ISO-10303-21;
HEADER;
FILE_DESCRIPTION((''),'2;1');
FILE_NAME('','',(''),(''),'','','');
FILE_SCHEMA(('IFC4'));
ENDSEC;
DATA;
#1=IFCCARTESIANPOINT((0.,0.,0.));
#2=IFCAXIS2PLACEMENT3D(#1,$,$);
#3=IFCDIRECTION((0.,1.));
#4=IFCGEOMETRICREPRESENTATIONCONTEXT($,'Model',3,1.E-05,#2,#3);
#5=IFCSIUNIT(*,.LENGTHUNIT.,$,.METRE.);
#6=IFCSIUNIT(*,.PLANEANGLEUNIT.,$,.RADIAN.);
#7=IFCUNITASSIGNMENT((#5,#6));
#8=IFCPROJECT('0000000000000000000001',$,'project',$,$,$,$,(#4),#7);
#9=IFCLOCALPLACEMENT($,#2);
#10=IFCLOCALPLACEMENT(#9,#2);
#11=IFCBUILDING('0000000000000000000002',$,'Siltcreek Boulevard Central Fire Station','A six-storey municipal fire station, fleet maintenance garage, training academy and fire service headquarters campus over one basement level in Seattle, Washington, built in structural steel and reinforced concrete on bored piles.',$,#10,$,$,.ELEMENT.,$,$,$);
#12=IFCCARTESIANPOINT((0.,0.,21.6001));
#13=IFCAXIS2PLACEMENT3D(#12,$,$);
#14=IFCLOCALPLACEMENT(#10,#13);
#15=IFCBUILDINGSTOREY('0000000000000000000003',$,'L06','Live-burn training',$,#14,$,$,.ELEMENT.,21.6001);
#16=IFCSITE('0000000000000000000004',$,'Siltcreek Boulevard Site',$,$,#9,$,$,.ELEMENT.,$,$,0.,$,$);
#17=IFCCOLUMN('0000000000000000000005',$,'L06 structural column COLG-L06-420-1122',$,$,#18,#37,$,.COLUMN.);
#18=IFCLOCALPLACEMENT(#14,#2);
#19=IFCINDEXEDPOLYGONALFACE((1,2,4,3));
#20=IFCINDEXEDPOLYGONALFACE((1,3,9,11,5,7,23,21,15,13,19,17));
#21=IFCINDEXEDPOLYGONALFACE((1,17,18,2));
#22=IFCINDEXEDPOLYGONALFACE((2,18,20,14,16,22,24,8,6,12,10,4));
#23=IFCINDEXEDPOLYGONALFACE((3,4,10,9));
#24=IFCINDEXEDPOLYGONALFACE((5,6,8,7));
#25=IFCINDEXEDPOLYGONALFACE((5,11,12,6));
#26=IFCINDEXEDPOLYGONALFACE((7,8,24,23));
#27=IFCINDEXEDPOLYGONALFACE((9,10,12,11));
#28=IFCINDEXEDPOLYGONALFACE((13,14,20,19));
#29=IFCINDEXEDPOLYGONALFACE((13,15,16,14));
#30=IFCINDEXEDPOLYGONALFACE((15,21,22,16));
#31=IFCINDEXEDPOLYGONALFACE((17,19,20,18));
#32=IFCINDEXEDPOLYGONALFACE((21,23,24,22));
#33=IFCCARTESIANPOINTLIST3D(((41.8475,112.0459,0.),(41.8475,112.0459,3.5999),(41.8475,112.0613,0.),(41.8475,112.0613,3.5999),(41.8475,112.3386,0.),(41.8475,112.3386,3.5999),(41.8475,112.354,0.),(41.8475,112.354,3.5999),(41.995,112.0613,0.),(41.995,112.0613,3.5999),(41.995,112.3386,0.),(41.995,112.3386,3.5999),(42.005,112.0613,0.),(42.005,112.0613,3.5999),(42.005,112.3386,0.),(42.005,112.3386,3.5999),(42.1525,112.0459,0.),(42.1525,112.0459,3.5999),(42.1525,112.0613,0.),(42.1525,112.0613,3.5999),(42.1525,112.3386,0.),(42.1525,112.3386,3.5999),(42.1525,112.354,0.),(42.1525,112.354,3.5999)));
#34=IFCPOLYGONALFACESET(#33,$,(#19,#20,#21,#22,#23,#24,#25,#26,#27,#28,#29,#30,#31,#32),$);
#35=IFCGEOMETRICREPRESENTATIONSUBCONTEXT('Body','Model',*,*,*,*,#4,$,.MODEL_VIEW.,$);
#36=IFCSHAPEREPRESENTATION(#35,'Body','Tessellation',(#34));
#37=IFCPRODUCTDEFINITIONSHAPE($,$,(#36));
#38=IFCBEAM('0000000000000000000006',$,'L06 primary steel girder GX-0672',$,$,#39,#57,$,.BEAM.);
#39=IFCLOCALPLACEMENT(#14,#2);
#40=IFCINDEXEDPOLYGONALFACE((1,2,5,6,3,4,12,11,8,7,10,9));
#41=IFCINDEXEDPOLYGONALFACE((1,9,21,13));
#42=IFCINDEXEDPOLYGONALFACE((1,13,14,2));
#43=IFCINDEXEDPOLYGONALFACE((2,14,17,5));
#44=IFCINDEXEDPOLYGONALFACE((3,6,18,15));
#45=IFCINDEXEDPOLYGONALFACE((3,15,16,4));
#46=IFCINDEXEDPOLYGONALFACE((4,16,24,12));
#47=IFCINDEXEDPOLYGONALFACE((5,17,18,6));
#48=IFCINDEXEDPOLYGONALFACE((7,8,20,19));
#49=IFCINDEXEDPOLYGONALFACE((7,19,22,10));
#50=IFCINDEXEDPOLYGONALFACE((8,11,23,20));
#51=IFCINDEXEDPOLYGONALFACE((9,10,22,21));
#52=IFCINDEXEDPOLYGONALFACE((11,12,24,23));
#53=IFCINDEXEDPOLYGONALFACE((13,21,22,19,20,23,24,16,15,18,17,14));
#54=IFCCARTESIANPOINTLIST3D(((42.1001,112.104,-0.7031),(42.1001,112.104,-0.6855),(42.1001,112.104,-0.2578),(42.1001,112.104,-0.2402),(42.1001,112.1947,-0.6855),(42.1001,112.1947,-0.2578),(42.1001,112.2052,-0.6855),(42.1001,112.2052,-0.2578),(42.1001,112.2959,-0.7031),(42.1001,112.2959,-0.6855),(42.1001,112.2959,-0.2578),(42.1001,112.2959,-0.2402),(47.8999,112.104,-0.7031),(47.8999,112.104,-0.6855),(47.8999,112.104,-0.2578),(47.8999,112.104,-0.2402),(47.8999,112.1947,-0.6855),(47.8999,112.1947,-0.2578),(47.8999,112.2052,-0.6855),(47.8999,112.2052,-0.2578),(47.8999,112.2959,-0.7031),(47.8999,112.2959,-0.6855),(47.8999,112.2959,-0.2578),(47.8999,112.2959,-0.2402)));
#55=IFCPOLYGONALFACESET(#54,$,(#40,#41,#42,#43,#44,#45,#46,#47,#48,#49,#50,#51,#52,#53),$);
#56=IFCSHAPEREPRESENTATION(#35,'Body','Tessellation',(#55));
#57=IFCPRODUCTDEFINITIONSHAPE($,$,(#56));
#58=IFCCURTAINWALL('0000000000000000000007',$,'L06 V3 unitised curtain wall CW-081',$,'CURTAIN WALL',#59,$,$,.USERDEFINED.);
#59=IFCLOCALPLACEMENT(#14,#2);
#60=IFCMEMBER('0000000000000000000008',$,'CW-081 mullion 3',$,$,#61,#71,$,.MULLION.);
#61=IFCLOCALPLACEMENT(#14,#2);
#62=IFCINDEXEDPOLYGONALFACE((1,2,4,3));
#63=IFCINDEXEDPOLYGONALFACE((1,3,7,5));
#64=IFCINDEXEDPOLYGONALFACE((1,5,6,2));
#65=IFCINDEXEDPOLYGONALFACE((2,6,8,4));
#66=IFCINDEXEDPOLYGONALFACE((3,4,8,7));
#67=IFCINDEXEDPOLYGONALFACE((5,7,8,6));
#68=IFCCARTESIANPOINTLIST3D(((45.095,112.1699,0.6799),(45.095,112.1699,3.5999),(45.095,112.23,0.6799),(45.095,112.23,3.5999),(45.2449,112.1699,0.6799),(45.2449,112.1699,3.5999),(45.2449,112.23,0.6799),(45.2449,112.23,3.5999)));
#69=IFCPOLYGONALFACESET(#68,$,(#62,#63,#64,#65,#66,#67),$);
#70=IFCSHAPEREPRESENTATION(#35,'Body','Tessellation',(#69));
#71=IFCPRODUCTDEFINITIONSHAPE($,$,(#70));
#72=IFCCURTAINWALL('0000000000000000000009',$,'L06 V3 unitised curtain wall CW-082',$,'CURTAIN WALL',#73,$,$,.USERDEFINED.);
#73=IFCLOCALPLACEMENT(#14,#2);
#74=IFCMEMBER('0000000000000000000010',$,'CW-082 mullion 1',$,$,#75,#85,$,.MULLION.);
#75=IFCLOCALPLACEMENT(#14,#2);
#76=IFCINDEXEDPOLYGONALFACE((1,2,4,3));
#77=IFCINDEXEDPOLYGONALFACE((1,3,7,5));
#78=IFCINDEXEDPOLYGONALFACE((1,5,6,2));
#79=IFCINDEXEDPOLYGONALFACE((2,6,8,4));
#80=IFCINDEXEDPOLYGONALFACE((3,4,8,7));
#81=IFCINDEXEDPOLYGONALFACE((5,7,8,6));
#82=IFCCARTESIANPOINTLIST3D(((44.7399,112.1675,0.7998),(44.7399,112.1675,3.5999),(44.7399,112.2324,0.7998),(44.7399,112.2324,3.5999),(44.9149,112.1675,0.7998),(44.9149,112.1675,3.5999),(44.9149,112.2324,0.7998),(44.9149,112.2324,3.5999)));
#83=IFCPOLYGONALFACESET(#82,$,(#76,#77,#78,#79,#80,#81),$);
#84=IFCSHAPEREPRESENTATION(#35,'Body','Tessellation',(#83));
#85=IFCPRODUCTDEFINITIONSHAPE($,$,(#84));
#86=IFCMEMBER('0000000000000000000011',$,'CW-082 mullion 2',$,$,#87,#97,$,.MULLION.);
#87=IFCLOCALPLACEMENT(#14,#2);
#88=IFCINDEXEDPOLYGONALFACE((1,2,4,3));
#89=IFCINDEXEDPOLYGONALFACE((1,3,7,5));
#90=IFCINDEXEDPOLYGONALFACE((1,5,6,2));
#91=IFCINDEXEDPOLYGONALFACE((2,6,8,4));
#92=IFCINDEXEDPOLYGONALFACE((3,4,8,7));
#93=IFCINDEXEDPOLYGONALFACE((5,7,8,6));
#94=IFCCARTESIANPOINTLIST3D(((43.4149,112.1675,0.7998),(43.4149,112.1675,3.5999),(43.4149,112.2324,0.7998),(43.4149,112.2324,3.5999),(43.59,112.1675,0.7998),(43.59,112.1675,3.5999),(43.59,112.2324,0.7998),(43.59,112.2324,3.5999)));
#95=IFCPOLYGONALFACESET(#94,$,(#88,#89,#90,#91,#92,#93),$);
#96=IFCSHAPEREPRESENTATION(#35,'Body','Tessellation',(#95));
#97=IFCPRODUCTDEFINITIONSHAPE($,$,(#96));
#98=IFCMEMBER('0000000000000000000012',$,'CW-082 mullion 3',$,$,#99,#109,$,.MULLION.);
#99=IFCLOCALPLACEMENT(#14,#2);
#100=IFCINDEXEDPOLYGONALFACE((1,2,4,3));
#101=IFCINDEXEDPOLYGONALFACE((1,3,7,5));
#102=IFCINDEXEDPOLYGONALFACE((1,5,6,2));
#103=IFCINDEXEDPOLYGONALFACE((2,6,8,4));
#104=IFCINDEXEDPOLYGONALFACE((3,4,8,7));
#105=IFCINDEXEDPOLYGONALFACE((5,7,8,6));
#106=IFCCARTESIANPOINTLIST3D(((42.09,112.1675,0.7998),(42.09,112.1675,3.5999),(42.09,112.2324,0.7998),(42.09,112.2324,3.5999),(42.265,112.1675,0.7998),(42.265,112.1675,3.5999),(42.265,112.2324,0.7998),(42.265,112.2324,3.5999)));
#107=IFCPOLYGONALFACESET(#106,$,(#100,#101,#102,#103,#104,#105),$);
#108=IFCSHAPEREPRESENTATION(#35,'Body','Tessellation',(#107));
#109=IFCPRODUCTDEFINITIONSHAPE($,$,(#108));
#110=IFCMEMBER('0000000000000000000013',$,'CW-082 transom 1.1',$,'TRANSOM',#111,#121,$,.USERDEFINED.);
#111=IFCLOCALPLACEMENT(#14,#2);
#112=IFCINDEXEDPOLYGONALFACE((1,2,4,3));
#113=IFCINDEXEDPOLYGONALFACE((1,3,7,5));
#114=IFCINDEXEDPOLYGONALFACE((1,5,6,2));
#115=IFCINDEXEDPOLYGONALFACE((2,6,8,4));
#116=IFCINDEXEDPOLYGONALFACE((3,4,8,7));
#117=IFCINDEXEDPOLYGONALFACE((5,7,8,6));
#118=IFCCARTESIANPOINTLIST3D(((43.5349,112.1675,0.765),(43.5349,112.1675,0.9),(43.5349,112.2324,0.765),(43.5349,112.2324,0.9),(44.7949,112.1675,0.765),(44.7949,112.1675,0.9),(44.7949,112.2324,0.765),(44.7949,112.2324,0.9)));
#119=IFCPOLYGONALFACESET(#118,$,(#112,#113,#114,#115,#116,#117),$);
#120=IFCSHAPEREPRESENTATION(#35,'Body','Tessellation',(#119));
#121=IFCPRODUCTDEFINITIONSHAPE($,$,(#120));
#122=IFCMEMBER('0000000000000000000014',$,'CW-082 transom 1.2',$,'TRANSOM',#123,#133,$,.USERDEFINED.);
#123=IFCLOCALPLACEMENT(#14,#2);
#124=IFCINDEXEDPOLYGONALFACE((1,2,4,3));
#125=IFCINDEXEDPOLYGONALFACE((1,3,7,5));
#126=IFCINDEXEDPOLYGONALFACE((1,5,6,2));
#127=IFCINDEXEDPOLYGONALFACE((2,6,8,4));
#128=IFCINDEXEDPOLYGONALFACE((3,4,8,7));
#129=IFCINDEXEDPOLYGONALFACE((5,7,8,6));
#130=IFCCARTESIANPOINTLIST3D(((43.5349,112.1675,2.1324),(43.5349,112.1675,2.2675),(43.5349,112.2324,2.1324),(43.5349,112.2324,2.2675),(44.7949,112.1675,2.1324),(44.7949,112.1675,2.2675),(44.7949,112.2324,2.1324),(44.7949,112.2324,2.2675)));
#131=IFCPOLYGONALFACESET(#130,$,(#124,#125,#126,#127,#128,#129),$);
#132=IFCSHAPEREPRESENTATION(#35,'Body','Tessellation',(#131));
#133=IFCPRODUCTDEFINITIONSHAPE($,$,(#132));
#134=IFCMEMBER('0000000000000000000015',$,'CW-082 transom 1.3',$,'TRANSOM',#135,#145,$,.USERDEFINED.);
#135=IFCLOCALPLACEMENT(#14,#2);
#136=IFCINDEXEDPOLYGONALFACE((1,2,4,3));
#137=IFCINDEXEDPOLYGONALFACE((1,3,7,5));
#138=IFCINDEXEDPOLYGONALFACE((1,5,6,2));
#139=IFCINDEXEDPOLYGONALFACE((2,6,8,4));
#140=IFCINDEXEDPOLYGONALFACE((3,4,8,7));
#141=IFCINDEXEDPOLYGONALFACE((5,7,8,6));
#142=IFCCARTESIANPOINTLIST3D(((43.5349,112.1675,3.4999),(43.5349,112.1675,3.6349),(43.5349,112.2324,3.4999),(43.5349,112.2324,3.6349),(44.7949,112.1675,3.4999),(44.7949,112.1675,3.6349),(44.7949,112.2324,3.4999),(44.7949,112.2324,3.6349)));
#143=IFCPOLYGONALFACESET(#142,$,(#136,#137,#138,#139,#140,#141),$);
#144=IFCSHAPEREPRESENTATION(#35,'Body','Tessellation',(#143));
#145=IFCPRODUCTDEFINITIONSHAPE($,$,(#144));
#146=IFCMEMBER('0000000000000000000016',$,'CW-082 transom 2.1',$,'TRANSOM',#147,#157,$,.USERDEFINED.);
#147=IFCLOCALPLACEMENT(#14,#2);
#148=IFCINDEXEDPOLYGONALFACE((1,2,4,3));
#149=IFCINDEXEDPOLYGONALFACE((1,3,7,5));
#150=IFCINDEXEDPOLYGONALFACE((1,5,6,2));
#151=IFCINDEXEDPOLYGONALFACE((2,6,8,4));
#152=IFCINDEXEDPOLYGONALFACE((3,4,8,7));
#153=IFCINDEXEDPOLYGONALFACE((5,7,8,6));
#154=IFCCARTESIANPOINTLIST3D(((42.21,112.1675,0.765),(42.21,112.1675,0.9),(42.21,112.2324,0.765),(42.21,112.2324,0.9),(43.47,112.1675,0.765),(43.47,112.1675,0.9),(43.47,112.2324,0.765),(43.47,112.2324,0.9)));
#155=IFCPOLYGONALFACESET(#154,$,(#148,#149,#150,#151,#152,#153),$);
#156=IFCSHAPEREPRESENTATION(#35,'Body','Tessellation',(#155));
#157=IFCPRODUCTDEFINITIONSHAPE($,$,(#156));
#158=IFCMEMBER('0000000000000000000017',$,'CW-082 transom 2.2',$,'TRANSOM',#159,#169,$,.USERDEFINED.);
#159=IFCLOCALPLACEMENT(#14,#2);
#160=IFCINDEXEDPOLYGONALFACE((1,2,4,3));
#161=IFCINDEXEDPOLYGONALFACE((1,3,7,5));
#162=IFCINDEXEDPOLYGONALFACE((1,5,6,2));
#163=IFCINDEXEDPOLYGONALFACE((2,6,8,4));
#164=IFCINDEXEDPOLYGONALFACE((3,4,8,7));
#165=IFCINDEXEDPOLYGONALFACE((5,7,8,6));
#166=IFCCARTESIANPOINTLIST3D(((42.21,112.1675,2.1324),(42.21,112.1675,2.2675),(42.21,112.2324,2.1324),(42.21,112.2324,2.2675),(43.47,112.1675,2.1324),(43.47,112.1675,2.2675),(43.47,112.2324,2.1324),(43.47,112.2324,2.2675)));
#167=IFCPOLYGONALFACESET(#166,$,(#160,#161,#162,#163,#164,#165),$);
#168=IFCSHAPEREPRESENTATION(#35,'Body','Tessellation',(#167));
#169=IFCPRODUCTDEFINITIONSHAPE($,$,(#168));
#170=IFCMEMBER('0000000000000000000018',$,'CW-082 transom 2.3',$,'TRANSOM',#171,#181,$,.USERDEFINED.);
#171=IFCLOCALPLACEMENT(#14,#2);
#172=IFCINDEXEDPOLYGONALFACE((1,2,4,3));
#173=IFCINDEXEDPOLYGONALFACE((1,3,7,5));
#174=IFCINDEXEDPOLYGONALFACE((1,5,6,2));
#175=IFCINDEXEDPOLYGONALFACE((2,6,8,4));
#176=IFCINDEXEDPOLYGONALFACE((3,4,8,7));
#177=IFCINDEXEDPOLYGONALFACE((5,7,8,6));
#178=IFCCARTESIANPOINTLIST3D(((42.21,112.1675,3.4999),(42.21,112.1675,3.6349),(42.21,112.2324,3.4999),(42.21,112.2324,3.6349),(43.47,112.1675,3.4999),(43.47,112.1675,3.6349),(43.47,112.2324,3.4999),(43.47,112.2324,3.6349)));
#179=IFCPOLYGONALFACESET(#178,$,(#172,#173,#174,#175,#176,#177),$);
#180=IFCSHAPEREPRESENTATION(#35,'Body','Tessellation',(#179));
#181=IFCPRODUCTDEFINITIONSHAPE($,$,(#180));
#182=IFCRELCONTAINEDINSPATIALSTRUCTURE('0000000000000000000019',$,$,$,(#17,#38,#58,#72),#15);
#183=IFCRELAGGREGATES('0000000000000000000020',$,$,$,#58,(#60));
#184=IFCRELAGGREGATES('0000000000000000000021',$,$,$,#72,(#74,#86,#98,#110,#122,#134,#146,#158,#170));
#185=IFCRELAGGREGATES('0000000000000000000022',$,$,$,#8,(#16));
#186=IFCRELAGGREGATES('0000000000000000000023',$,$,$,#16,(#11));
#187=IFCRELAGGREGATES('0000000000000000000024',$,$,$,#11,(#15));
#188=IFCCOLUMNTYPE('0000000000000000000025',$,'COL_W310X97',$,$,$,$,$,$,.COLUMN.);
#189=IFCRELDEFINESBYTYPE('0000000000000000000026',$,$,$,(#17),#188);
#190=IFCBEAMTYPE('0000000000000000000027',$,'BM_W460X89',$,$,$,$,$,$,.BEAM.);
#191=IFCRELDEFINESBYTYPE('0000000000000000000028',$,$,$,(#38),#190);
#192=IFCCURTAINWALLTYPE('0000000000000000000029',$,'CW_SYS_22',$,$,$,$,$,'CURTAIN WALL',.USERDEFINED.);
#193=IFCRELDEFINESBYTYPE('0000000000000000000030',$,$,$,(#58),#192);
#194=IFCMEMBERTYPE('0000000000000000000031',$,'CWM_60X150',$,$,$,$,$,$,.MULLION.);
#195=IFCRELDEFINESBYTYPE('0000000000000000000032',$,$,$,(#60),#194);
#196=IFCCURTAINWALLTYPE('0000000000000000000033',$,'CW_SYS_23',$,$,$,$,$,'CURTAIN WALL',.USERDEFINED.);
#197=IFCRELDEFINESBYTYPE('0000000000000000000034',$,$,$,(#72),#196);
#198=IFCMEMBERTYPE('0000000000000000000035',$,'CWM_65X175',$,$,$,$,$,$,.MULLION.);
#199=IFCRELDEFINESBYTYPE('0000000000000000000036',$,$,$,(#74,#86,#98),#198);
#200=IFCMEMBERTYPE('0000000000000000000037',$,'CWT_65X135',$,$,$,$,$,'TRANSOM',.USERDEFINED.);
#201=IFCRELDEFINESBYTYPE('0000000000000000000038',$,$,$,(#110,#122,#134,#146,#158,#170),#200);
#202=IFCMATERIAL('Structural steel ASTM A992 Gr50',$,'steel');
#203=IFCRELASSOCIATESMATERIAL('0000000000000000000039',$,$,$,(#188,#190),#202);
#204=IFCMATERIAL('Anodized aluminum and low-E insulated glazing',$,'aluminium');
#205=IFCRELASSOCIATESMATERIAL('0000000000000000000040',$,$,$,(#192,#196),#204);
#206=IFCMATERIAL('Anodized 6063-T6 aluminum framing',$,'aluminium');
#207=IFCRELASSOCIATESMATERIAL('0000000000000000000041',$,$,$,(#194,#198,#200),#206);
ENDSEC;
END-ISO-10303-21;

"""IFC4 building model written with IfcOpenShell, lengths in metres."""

from ifc_helpers import new_model, si_unit, direction, frame, origin, origin_2d, place, context, subcontext, project, spatial, rectangle, i_section, extrude, material, material_profile, profile_set, type_object, element, aggregate, save


model = new_model("IFC4")

# Units and contexts
model_context = context("Model", 3, precision=1e-05, world=origin(), true_north=direction((0.0, 1.0)))
body_context = subcontext(model_context, "Body", "Model", "MODEL_VIEW")
ifc_project = project(units=[si_unit("LENGTHUNIT", "METRE"), si_unit("PLANEANGLEUNIT", "RADIAN")], contexts=[model_context])

# Site, building, storey
site_placement = place(None, origin())
site = spatial("IfcSite", under=ifc_project, at=site_placement, Name="Siltcreek Boulevard Site", CompositionType="ELEMENT", RefElevation=0.0)
building_placement = place(site_placement, origin())
building = spatial("IfcBuilding", under=site, at=building_placement, Name="Siltcreek Boulevard Central Fire Station", Description="A six-storey municipal fire station, fleet maintenance garage, training academy and fire service headquarters campus over one basement level in Seattle, Washington, built in structural steel and reinforced concrete on bored piles.", CompositionType="ELEMENT")
storey_placement = place(building_placement, frame((0.0, 0.0, 21.6001)))
storey = spatial("IfcBuildingStorey", under=building, at=storey_placement, Name="L06", Description="Live-burn training", CompositionType="ELEMENT", Elevation=21.6001)

# Column
ifc_material_1 = material(Name="Structural steel ASTM A992 Gr50", Category="steel")
ifc_material_profile_1 = material_profile(ifc_material_1, i_section(OverallWidth=0.3049, OverallDepth=0.3081, WebThickness=0.01, FlangeThickness=0.0154, at=origin_2d()), Name="W310X97")
ifc_profile_set_1 = profile_set([ifc_material_profile_1], Name="Structural steel ASTM A992 Gr50")
column_type = type_object("IfcColumnType", Name="COL_W310X97", PredefinedType="COLUMN", material=ifc_profile_set_1)
column_placement = place(storey_placement, frame((42.0, 112.2, 0.0), z_axis=(0.0, 0.0, 1.0), x_axis=(1.0, 0.0, 0.0)))
element("IfcColumn", 1, at=column_placement, inside=storey, type_object=column_type, Name="L06 structural column COLG-L06-420-1122", PredefinedType="COLUMN", context=body_context, shape_type="SweptSolid", body=[
    extrude(i_section(OverallWidth=0.3049, OverallDepth=0.3081, WebThickness=0.01, FlangeThickness=0.0154, at=origin_2d()), origin(), (0.0, 0.0, 1.0), 3.5999),
])

# Beam
ifc_material_profile_2 = material_profile(ifc_material_1, i_section(OverallWidth=0.1919, OverallDepth=0.4629, WebThickness=0.0105, FlangeThickness=0.0176, at=origin_2d()), Name="W460X89")
ifc_profile_set_2 = profile_set([ifc_material_profile_2], Name="Structural steel ASTM A992 Gr50")
beam_type = type_object("IfcBeamType", Name="BM_W460X89", PredefinedType="BEAM", material=ifc_profile_set_2)
beam_placement = place(storey_placement, frame((42.1001, 112.2, -0.4717), z_axis=(1.0, 0.0, 0.0), x_axis=(0.0, 1.0, 0.0)))
element("IfcBeam", 2, at=beam_placement, inside=storey, type_object=beam_type, Name="L06 primary steel girder GX-0672", PredefinedType="BEAM", context=body_context, shape_type="SweptSolid", body=[
    extrude(i_section(OverallWidth=0.1919, OverallDepth=0.4629, WebThickness=0.0105, FlangeThickness=0.0176, at=origin_2d()), origin(), (0.0, 0.0, 1.0), 5.7998),
])

# Curtain wall, member
ifc_material_2 = material(Name="Anodized aluminum and low-E insulated glazing", Category="aluminium")
curtain_wall_type_1 = type_object("IfcCurtainWallType", Name="CW_SYS_22", ElementType="CURTAIN WALL", PredefinedType="USERDEFINED", material=ifc_material_2)
curtain_wall_1_placement = place(storey_placement, origin())
curtain_wall_1 = element("IfcCurtainWall", 3, at=curtain_wall_1_placement, inside=storey, type_object=curtain_wall_type_1, Name="L06 V3 unitised curtain wall CW-081", ObjectType="CURTAIN WALL", PredefinedType="USERDEFINED")
ifc_material_3 = material(Name="Anodized 6063-T6 aluminum framing", Category="aluminium")
ifc_material_profile_3 = material_profile(ifc_material_3, rectangle(XDim=0.0601, YDim=0.1499, at=origin_2d()), Name="MULL60X150")
ifc_profile_set_3 = profile_set([ifc_material_profile_3], Name="Anodized 6063-T6 aluminum framing")
member_type_1 = type_object("IfcMemberType", Name="CWM_60X150", PredefinedType="MULLION", material=ifc_profile_set_3)
member_1_placement = place(storey_placement, frame((45.1699, 112.2, 0.6799), z_axis=(0.0, 0.0, 1.0), x_axis=(0.0, -1.0, 0.0)))
member_1 = element("IfcMember", 4, at=member_1_placement, type_object=member_type_1, Name="CW-081 mullion 3", PredefinedType="MULLION", context=body_context, shape_type="SweptSolid", body=[
    extrude(rectangle(XDim=0.0601, YDim=0.1499, at=origin_2d()), origin(), (0.0, 0.0, 1.0), 2.9199),
])
aggregate(curtain_wall_1, [member_1])

# Curtain wall, members
curtain_wall_type_2 = type_object("IfcCurtainWallType", Name="CW_SYS_23", ElementType="CURTAIN WALL", PredefinedType="USERDEFINED", material=ifc_material_2)
curtain_wall_2_placement = place(storey_placement, origin())
curtain_wall_2 = element("IfcCurtainWall", 5, at=curtain_wall_2_placement, inside=storey, type_object=curtain_wall_type_2, Name="L06 V3 unitised curtain wall CW-082", ObjectType="CURTAIN WALL", PredefinedType="USERDEFINED")
ifc_material_profile_4 = material_profile(ifc_material_3, rectangle(XDim=0.0649, YDim=0.175, at=origin_2d()), Name="MULL65X175")
ifc_profile_set_4 = profile_set([ifc_material_profile_4], Name="Anodized 6063-T6 aluminum framing")
member_type_2 = type_object("IfcMemberType", Name="CWM_65X175", PredefinedType="MULLION", material=ifc_profile_set_4)
member_2_placement = place(storey_placement, frame((44.8274, 112.2, 0.7998), z_axis=(0.0, 0.0, 1.0), x_axis=(0.0, -1.0, 0.0)))
member_2 = element("IfcMember", 6, at=member_2_placement, type_object=member_type_2, Name="CW-082 mullion 1", PredefinedType="MULLION", context=body_context, shape_type="SweptSolid", body=[
    extrude(rectangle(XDim=0.0649, YDim=0.175, at=origin_2d()), origin(), (0.0, 0.0, 1.0), 2.8),
])
member_3_placement = place(storey_placement, frame((43.5024, 112.2, 0.7998), z_axis=(0.0, 0.0, 1.0), x_axis=(0.0, -1.0, 0.0)))
member_3 = element("IfcMember", 7, at=member_3_placement, type_object=member_type_2, Name="CW-082 mullion 2", PredefinedType="MULLION", context=body_context, shape_type="SweptSolid", body=[
    extrude(rectangle(XDim=0.0649, YDim=0.175, at=origin_2d()), origin(), (0.0, 0.0, 1.0), 2.8),
])
member_4_placement = place(storey_placement, frame((42.1775, 112.2, 0.7998), z_axis=(0.0, 0.0, 1.0), x_axis=(0.0, -1.0, 0.0)))
member_4 = element("IfcMember", 8, at=member_4_placement, type_object=member_type_2, Name="CW-082 mullion 3", PredefinedType="MULLION", context=body_context, shape_type="SweptSolid", body=[
    extrude(rectangle(XDim=0.0649, YDim=0.175, at=origin_2d()), origin(), (0.0, 0.0, 1.0), 2.8),
])
ifc_material_profile_5 = material_profile(ifc_material_3, rectangle(XDim=0.0649, YDim=0.135, at=origin_2d()), Name="TRAN65X135")
ifc_profile_set_5 = profile_set([ifc_material_profile_5], Name="Anodized 6063-T6 aluminum framing")
member_type_3 = type_object("IfcMemberType", Name="CWT_65X135", ElementType="TRANSOM", PredefinedType="USERDEFINED", material=ifc_profile_set_5)
member_5_placement = place(storey_placement, frame((44.7949, 112.2, 0.8325), z_axis=(-1.0, 0.0, 0.0), x_axis=(0.0, -1.0, 0.0)))
member_5 = element("IfcMember", 9, at=member_5_placement, type_object=member_type_3, Name="CW-082 transom 1.1", ObjectType="TRANSOM", PredefinedType="USERDEFINED", context=body_context, shape_type="SweptSolid", body=[
    extrude(rectangle(XDim=0.0649, YDim=0.135, at=origin_2d()), origin(), (0.0, 0.0, 1.0), 1.26),
])
member_6_placement = place(storey_placement, frame((44.7949, 112.2, 2.2), z_axis=(-1.0, 0.0, 0.0), x_axis=(0.0, -1.0, 0.0)))
member_6 = element("IfcMember", 10, at=member_6_placement, type_object=member_type_3, Name="CW-082 transom 1.2", ObjectType="TRANSOM", PredefinedType="USERDEFINED", context=body_context, shape_type="SweptSolid", body=[
    extrude(rectangle(XDim=0.0649, YDim=0.135, at=origin_2d()), origin(), (0.0, 0.0, 1.0), 1.26),
])
member_7_placement = place(storey_placement, frame((44.7949, 112.2, 3.5674), z_axis=(-1.0, 0.0, 0.0), x_axis=(0.0, -1.0, 0.0)))
member_7 = element("IfcMember", 11, at=member_7_placement, type_object=member_type_3, Name="CW-082 transom 1.3", ObjectType="TRANSOM", PredefinedType="USERDEFINED", context=body_context, shape_type="SweptSolid", body=[
    extrude(rectangle(XDim=0.0649, YDim=0.135, at=origin_2d()), origin(), (0.0, 0.0, 1.0), 1.26),
])
member_8_placement = place(storey_placement, frame((43.47, 112.2, 0.8325), z_axis=(-1.0, 0.0, 0.0), x_axis=(0.0, -1.0, 0.0)))
member_8 = element("IfcMember", 12, at=member_8_placement, type_object=member_type_3, Name="CW-082 transom 2.1", ObjectType="TRANSOM", PredefinedType="USERDEFINED", context=body_context, shape_type="SweptSolid", body=[
    extrude(rectangle(XDim=0.0649, YDim=0.135, at=origin_2d()), origin(), (0.0, 0.0, 1.0), 1.26),
])
member_9_placement = place(storey_placement, frame((43.47, 112.2, 2.2), z_axis=(-1.0, 0.0, 0.0), x_axis=(0.0, -1.0, 0.0)))
member_9 = element("IfcMember", 13, at=member_9_placement, type_object=member_type_3, Name="CW-082 transom 2.2", ObjectType="TRANSOM", PredefinedType="USERDEFINED", context=body_context, shape_type="SweptSolid", body=[
    extrude(rectangle(XDim=0.0649, YDim=0.135, at=origin_2d()), origin(), (0.0, 0.0, 1.0), 1.26),
])
member_10_placement = place(storey_placement, frame((43.47, 112.2, 3.5674), z_axis=(-1.0, 0.0, 0.0), x_axis=(0.0, -1.0, 0.0)))
member_10 = element("IfcMember", 14, at=member_10_placement, type_object=member_type_3, Name="CW-082 transom 2.3", ObjectType="TRANSOM", PredefinedType="USERDEFINED", context=body_context, shape_type="SweptSolid", body=[
    extrude(rectangle(XDim=0.0649, YDim=0.135, at=origin_2d()), origin(), (0.0, 0.0, 1.0), 1.26),
])
aggregate(curtain_wall_2, [member_2, member_3, member_4, member_5, member_6, member_7, member_8, member_9, member_10])

save(model, "model.ifc")
